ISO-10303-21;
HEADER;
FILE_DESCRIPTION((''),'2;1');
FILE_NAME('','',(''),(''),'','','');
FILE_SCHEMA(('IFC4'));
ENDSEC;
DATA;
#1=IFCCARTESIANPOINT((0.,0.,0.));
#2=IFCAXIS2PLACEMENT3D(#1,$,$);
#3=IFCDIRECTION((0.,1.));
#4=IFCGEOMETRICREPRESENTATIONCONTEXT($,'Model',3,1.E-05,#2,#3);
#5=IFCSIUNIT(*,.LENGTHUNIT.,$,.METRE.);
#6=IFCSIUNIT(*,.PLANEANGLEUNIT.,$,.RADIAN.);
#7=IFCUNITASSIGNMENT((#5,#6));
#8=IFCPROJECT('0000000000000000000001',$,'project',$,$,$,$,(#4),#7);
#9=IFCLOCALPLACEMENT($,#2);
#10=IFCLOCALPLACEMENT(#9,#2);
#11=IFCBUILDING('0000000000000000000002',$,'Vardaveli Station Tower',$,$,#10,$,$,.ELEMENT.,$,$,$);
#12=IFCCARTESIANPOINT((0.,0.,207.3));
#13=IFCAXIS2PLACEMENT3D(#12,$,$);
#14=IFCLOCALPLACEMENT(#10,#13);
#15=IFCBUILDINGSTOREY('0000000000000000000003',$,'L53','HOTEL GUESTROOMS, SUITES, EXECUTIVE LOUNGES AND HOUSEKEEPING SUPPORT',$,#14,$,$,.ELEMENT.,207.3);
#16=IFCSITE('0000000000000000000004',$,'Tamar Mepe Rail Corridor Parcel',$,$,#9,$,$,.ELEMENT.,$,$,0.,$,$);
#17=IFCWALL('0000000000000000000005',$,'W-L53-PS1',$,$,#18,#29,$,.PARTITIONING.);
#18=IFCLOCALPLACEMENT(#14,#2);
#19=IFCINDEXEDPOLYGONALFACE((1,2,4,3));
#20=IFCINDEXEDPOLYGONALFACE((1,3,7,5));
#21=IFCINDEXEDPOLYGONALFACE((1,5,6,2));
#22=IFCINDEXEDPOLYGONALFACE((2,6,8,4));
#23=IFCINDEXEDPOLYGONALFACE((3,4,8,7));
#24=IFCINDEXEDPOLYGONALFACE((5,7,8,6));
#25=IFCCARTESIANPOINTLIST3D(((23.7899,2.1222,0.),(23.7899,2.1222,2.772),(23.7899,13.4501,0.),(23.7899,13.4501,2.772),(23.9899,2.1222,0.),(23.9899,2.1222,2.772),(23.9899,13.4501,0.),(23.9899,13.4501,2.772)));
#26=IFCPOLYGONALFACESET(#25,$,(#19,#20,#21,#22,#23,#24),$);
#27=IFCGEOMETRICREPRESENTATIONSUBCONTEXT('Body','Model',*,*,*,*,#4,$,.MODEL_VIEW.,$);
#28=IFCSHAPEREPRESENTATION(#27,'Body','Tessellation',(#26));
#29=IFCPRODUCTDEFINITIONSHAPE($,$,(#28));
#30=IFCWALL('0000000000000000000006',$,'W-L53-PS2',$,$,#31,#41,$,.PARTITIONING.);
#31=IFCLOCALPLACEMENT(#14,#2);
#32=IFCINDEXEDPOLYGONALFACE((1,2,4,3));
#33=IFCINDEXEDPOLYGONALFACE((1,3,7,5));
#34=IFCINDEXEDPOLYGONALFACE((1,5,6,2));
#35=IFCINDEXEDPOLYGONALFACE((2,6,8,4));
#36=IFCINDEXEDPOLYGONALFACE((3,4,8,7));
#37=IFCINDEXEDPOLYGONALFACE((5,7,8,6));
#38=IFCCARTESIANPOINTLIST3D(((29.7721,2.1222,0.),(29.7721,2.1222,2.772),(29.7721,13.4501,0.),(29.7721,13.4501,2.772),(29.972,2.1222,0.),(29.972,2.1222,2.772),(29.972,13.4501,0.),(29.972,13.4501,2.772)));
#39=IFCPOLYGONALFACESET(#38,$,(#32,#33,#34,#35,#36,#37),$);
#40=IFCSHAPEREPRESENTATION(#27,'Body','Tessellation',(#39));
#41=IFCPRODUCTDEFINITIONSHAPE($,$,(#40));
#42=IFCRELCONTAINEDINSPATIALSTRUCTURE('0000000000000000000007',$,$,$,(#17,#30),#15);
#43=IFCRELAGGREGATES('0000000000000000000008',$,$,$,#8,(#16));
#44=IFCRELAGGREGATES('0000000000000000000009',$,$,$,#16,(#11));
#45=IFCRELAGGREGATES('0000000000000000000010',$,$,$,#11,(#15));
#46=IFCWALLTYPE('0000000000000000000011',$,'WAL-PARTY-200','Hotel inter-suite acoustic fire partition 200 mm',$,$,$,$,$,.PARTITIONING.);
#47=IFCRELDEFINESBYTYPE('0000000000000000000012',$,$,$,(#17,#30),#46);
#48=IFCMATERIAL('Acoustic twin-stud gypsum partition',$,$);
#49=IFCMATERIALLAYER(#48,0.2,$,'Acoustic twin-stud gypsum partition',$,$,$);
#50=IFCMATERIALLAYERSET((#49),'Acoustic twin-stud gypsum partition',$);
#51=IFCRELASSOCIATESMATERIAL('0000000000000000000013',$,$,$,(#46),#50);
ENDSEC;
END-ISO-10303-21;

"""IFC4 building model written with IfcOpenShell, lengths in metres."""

from ifc_helpers import new_model, si_unit, direction, frame, frame_2d, origin, place, context, subcontext, project, spatial, rectangle, extrude, source, transform, mapped, material, layer, layer_set, type_object, element, save


model = new_model("IFC4")

# Units and contexts
model_context = context("Model", 3, precision=1e-05, world=origin(), true_north=direction((0.0, 1.0)))
body_context = subcontext(model_context, "Body", "Model", "MODEL_VIEW")
ifc_project = project(units=[si_unit("LENGTHUNIT", "METRE"), si_unit("PLANEANGLEUNIT", "RADIAN")], contexts=[model_context])

# Site, building, storey
site_placement = place(None, origin())
site = spatial("IfcSite", under=ifc_project, at=site_placement, Name="Tamar Mepe Rail Corridor Parcel", CompositionType="ELEMENT", RefElevation=0.0)
building_placement = place(site_placement, origin())
building = spatial("IfcBuilding", under=site, at=building_placement, Name="Vardaveli Station Tower", CompositionType="ELEMENT")
storey_placement = place(building_placement, frame((0.0, 0.0, 207.3)))
storey = spatial("IfcBuildingStorey", under=building, at=storey_placement, Name="L53", Description="HOTEL GUESTROOMS, SUITES, EXECUTIVE LOUNGES AND HOUSEKEEPING SUPPORT", CompositionType="ELEMENT", Elevation=207.3)

# Walls
ifc_material_1 = material(Name="Acoustic twin-stud gypsum partition")
ifc_layer_1 = layer(ifc_material_1, 0.2, Name="Acoustic twin-stud gypsum partition")
ifc_layer_set_1 = layer_set([ifc_layer_1], Name="Acoustic twin-stud gypsum partition")
wall_type = type_object("IfcWallType", Name="WAL-PARTY-200", Description="Hotel inter-suite acoustic fire partition 200 mm", PredefinedType="PARTITIONING", material=ifc_layer_set_1)
shared_shape_1 = source(origin(), body_context, "Body", "SweptSolid", [
    extrude(rectangle(XDim=11.3279, YDim=0.2, at=frame_2d((5.6641, 0.0))), origin(), (0.0, 0.0, 1.0), 2.772),
])
for number, where, z_axis, x_axis, name in (
    (1, (23.8899, 2.1221, 0.0), (0.0, 0.0, 1.0), (0.0, 1.0, 0.0), "W-L53-PS1"),
    (2, (29.8721, 2.1221, 0.0), (0.0, 0.0, 1.0), (0.0, 1.0, 0.0), "W-L53-PS2"),
):
    element("IfcWall", number, at=place(storey_placement, frame(where, z_axis=z_axis, x_axis=x_axis)), inside=storey, type_object=wall_type, Name=name, PredefinedType="PARTITIONING", context=body_context, shape_type="MappedRepresentation", body=[
        mapped(shared_shape_1, transform((0.0, 0.0, 0.0), scale=1.0)),
    ])

save(model, "model.ifc")
